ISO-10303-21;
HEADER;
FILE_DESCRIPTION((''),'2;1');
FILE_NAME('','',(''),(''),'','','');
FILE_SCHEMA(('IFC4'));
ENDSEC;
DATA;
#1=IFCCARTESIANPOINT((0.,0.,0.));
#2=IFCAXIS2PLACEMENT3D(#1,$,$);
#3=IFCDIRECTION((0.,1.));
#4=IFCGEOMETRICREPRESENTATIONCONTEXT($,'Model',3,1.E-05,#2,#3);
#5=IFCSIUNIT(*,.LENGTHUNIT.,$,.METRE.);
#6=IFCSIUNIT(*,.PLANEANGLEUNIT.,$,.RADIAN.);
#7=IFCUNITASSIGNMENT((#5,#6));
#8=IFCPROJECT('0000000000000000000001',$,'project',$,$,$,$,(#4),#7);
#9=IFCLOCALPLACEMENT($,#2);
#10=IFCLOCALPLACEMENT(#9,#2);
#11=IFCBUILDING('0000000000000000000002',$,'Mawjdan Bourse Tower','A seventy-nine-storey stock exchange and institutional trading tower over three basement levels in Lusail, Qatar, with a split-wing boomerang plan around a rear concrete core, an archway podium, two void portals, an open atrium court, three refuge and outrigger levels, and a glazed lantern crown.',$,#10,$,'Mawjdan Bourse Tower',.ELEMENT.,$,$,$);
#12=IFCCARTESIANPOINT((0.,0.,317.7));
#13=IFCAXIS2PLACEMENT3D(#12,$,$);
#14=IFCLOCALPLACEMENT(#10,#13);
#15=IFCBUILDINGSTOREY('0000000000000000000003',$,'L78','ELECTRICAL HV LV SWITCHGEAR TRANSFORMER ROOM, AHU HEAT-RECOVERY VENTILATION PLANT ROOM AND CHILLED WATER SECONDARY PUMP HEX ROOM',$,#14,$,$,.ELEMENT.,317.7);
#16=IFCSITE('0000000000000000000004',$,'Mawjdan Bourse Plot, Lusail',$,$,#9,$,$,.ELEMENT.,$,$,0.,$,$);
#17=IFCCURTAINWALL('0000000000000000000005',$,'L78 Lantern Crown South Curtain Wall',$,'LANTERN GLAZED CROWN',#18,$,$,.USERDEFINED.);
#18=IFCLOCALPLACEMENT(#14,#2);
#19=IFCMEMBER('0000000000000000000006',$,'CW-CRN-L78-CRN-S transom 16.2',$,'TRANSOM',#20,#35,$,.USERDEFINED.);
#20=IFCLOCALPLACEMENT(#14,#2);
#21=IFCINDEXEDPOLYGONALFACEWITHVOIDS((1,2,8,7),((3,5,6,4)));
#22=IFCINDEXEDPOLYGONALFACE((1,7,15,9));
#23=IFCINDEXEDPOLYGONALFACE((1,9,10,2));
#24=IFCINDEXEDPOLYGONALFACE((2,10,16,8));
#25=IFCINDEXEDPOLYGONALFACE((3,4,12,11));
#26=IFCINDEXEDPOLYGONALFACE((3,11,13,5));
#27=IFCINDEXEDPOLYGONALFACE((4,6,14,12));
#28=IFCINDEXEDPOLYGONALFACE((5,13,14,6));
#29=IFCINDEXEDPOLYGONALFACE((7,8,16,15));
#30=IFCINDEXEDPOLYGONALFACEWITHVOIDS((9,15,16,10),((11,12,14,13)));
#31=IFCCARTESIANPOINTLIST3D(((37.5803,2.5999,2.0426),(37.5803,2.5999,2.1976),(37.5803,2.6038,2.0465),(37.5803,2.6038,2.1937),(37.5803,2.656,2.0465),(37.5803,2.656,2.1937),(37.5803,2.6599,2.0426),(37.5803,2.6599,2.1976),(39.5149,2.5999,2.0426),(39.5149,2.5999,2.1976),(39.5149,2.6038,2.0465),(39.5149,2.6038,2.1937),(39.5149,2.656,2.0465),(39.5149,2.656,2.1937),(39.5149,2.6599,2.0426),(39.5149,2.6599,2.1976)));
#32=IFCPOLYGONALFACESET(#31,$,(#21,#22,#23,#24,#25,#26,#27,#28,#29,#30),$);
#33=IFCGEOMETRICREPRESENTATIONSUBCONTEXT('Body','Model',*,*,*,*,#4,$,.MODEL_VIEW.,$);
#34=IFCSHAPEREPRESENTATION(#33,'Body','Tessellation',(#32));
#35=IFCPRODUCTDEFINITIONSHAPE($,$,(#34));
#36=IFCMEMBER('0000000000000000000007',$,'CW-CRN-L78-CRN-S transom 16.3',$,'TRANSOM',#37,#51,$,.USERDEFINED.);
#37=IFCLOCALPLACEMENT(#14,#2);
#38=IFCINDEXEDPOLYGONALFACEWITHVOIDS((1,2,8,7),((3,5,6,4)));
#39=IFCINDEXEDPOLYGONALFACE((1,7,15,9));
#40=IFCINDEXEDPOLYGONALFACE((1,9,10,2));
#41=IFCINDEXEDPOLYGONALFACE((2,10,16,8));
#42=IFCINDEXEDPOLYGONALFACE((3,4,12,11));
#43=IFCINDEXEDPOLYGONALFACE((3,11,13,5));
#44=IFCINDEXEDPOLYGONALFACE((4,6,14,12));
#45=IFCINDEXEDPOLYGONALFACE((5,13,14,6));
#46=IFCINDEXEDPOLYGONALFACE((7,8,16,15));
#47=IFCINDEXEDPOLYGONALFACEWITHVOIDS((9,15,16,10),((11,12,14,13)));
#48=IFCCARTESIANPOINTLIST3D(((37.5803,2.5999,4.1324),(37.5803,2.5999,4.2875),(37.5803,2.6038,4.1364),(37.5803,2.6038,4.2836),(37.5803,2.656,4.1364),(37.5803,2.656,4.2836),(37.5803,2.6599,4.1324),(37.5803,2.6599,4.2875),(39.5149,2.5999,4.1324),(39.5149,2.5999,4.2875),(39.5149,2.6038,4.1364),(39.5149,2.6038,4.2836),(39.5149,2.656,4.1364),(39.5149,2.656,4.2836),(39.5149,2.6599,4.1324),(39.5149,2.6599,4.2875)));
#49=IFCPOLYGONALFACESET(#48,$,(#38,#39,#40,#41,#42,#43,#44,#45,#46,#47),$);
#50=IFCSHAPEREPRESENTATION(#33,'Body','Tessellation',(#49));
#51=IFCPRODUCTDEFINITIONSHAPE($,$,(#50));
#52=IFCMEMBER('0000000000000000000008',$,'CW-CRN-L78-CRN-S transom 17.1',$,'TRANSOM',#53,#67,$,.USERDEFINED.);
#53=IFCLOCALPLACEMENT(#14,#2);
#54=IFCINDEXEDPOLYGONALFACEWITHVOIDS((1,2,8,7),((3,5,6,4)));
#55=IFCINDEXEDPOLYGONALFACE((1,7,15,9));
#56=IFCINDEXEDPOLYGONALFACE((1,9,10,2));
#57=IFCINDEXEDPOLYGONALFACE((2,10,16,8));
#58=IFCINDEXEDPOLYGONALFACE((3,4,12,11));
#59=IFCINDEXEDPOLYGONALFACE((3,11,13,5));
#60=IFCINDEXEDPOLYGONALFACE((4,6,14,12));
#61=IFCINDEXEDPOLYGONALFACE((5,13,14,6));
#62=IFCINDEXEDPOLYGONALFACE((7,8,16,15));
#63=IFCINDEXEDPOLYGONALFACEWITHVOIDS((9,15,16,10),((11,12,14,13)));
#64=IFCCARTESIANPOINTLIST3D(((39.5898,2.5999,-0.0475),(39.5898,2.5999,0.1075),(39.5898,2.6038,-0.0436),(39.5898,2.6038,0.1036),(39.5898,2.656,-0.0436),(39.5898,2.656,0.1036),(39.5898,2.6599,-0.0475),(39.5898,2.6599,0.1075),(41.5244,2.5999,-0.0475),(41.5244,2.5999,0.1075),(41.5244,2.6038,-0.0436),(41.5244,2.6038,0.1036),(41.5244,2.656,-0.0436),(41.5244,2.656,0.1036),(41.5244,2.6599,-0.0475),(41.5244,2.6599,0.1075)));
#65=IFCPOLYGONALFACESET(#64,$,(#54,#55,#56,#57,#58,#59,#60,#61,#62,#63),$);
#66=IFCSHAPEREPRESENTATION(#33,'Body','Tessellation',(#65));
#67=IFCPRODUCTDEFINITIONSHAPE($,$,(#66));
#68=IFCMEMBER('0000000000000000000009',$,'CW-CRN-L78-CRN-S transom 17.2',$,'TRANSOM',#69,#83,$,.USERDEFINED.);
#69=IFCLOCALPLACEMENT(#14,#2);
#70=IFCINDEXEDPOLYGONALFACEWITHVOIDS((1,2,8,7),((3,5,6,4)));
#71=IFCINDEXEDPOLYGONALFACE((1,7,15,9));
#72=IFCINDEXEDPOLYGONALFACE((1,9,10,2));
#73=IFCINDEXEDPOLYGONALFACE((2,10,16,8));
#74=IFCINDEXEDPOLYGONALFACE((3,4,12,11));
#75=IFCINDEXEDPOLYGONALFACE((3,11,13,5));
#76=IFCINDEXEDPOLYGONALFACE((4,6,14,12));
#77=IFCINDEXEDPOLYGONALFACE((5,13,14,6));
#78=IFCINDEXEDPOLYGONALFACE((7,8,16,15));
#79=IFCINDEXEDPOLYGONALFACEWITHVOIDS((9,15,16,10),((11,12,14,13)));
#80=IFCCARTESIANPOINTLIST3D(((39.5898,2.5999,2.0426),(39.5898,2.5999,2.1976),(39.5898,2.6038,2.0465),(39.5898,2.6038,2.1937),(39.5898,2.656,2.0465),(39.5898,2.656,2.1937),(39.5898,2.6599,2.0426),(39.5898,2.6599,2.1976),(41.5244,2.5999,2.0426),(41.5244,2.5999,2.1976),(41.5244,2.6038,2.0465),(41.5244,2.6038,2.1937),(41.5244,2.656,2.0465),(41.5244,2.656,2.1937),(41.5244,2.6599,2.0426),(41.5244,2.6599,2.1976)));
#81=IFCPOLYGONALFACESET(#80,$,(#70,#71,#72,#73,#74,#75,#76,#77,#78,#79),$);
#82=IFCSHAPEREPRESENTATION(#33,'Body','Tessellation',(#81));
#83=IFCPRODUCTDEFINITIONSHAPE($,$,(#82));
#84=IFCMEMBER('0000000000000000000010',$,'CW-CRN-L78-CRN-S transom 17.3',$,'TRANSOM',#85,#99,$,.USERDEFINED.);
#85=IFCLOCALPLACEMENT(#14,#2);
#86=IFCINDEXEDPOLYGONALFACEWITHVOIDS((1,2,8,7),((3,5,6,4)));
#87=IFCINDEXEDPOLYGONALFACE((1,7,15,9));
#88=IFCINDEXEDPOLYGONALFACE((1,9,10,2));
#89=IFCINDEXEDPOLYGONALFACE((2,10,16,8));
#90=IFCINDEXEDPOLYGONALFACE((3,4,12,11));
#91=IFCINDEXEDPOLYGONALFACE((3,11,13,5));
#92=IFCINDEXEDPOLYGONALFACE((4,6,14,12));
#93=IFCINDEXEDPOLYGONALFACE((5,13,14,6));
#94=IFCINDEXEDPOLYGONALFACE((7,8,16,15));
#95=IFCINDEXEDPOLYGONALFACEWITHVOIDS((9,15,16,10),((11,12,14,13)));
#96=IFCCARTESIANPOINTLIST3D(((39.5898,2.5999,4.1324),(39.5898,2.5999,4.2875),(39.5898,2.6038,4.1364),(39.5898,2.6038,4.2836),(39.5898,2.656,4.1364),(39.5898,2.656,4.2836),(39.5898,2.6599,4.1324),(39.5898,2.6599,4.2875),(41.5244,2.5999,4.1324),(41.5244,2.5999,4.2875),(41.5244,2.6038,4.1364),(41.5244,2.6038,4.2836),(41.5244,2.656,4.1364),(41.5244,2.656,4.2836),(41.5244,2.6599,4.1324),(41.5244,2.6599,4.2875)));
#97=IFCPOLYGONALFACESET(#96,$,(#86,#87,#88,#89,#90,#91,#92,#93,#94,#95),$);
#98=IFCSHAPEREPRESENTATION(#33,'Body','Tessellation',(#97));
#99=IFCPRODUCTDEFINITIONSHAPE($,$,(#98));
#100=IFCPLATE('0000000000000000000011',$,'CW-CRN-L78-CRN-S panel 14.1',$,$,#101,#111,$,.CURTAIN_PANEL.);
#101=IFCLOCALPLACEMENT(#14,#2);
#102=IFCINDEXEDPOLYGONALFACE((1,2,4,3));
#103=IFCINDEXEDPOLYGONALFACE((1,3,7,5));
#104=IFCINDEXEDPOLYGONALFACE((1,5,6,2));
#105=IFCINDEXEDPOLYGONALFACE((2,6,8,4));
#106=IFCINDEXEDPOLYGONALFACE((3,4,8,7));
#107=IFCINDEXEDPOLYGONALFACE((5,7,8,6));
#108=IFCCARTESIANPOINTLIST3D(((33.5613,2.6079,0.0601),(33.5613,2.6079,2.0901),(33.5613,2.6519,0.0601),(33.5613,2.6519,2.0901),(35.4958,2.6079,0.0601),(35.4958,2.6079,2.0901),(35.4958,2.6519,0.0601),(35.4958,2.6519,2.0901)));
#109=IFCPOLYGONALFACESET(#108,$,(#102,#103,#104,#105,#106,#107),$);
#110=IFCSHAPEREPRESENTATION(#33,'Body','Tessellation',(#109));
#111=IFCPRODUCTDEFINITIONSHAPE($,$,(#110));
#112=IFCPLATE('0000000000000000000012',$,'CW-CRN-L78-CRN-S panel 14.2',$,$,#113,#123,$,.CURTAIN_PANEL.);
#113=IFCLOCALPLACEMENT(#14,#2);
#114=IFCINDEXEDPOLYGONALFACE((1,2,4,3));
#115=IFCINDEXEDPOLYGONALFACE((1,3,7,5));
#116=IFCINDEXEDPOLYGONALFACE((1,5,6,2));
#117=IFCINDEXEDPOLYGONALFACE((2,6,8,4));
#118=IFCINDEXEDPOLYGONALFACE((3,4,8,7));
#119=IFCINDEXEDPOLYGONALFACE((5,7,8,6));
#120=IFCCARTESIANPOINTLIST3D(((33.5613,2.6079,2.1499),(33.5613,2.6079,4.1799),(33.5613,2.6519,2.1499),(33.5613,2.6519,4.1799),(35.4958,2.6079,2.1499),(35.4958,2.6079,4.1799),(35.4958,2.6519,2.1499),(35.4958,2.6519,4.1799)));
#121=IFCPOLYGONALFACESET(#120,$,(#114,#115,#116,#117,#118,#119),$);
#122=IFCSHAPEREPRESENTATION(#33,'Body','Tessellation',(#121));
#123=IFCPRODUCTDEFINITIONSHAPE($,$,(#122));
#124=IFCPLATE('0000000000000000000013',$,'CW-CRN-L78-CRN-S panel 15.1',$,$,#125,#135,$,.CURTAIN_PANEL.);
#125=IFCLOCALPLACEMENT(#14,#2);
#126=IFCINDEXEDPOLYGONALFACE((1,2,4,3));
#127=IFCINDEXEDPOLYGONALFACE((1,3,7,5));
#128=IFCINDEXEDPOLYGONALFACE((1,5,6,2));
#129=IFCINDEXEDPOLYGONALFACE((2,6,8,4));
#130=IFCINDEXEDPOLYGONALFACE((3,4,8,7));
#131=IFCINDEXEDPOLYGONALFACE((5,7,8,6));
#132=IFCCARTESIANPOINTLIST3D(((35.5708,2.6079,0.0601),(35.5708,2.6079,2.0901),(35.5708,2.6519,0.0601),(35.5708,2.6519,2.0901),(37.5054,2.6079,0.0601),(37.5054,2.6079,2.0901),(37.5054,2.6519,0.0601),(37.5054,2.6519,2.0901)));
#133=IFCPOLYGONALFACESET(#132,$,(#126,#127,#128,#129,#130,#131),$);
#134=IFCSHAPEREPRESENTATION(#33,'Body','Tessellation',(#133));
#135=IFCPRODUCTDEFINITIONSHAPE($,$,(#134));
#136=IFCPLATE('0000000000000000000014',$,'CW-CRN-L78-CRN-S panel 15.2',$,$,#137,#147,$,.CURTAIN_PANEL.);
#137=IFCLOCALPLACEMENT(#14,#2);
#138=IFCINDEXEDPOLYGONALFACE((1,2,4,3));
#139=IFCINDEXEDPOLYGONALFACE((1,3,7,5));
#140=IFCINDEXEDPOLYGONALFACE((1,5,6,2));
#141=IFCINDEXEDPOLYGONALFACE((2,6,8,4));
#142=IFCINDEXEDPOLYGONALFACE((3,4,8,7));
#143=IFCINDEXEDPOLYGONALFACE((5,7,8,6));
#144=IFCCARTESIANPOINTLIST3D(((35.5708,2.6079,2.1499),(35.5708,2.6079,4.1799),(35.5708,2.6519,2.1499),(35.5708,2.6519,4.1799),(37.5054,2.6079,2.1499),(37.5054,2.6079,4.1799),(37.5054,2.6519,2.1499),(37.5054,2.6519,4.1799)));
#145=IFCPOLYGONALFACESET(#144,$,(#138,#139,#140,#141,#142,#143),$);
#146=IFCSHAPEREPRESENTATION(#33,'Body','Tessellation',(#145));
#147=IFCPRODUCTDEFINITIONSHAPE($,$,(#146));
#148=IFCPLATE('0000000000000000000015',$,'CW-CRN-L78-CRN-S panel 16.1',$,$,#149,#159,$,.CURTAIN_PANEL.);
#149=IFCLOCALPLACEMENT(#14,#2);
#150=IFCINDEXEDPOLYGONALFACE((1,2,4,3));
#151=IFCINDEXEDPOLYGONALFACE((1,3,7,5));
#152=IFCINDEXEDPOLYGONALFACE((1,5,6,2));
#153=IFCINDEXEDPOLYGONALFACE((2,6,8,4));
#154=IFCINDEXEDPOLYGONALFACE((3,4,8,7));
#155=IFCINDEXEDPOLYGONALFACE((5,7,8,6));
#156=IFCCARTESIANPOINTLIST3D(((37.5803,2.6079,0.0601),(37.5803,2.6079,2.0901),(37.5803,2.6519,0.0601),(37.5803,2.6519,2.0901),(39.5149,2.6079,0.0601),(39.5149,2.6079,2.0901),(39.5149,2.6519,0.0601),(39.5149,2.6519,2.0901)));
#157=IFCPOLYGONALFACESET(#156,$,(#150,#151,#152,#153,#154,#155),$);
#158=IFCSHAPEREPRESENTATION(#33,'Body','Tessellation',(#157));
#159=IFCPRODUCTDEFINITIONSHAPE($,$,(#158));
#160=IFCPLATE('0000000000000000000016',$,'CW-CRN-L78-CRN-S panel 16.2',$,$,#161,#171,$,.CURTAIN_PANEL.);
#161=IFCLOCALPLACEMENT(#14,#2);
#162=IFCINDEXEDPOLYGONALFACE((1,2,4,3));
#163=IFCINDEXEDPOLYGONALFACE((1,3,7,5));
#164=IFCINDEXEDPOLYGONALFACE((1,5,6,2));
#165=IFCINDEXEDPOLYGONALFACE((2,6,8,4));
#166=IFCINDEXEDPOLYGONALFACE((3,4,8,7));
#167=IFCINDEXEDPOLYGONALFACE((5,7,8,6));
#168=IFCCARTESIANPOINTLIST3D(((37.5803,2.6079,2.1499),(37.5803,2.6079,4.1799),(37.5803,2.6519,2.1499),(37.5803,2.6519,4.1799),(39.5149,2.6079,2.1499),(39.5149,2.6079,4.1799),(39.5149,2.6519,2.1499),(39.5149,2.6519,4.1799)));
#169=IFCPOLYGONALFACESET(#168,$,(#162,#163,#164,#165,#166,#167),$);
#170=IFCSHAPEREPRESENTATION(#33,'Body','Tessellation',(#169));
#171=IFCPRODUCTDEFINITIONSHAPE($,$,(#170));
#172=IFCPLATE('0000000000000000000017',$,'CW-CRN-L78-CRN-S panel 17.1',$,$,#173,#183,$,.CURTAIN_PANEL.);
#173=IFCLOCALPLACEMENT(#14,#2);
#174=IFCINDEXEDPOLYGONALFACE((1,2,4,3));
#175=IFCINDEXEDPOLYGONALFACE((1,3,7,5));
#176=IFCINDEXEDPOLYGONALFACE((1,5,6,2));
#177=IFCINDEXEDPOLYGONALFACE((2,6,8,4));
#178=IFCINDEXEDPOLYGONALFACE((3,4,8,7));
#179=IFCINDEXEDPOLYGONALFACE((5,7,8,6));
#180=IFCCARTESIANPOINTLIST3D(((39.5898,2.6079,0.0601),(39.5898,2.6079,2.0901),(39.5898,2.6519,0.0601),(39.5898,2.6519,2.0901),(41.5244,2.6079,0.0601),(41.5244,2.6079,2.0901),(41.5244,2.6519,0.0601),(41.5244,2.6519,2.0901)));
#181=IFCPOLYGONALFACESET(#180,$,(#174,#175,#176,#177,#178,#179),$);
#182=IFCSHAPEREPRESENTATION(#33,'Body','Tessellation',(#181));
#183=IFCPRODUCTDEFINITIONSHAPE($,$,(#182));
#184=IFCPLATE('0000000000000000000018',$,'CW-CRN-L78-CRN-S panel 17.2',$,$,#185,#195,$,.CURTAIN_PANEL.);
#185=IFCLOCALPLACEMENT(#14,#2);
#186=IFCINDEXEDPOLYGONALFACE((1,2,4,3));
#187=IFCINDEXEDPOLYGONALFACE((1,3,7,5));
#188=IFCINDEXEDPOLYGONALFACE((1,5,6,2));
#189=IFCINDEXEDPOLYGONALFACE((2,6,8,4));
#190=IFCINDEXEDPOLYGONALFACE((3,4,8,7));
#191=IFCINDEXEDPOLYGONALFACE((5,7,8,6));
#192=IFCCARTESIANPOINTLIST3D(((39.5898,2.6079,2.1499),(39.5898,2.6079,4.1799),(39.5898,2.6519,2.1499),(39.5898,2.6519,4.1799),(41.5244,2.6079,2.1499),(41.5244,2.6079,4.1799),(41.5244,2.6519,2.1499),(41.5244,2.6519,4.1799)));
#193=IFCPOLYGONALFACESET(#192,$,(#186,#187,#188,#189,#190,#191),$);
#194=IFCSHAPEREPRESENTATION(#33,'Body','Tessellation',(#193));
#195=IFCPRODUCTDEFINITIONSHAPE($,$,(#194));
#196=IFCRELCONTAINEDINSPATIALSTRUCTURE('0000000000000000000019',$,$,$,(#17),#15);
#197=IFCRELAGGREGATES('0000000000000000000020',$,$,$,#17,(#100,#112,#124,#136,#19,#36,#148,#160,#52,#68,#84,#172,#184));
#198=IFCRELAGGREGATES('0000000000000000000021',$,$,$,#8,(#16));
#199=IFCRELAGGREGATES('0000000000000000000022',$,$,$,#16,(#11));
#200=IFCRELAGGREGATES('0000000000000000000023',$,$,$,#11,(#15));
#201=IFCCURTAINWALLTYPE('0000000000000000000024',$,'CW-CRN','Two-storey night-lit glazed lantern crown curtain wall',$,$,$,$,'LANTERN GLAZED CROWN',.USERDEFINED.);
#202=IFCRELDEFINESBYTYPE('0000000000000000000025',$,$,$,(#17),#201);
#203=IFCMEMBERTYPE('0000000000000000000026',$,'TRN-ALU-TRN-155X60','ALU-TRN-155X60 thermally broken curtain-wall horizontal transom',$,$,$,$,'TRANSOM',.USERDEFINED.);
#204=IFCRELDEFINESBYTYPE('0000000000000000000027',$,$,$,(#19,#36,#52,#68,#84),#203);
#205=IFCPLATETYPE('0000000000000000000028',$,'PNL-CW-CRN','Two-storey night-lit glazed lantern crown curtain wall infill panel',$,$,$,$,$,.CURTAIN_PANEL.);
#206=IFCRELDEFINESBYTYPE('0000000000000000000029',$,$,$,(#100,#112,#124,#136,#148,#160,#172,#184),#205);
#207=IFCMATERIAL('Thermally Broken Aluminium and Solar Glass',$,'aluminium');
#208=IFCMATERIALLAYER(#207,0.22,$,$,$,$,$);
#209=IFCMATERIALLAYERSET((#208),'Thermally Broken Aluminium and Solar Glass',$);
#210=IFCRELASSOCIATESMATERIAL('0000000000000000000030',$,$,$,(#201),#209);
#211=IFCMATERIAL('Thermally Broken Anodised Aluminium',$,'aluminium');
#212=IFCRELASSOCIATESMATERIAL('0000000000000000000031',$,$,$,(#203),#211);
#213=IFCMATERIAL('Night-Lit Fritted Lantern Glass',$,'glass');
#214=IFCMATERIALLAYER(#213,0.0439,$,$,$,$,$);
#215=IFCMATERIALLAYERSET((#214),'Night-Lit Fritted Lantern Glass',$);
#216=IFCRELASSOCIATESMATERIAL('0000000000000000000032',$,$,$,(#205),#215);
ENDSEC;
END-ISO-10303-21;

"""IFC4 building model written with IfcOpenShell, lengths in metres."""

from ifc_helpers import new_model, si_unit, direction, frame, origin, origin_2d, place, context, subcontext, project, spatial, rectangle, hollow_rectangle, extrude, material, layer, layer_set, material_profile, profile_set, type_object, element, aggregate, save


model = new_model("IFC4")

# Units and contexts
model_context = context("Model", 3, precision=1e-05, world=origin(), true_north=direction((0.0, 1.0)))
body_context = subcontext(model_context, "Body", "Model", "MODEL_VIEW")
ifc_project = project(units=[si_unit("LENGTHUNIT", "METRE"), si_unit("PLANEANGLEUNIT", "RADIAN")], contexts=[model_context])

# Site, building, storey
site_placement = place(None, origin())
site = spatial("IfcSite", under=ifc_project, at=site_placement, Name="Mawjdan Bourse Plot, Lusail", CompositionType="ELEMENT", RefElevation=0.0)
building_placement = place(site_placement, origin())
building = spatial("IfcBuilding", under=site, at=building_placement, Name="Mawjdan Bourse Tower", Description="A seventy-nine-storey stock exchange and institutional trading tower over three basement levels in Lusail, Qatar, with a split-wing boomerang plan around a rear concrete core, an archway podium, two void portals, an open atrium court, three refuge and outrigger levels, and a glazed lantern crown.", LongName="Mawjdan Bourse Tower", CompositionType="ELEMENT")
storey_placement = place(building_placement, frame((0.0, 0.0, 317.7)))
storey = spatial("IfcBuildingStorey", under=building, at=storey_placement, Name="L78", Description="ELECTRICAL HV LV SWITCHGEAR TRANSFORMER ROOM, AHU HEAT-RECOVERY VENTILATION PLANT ROOM AND CHILLED WATER SECONDARY PUMP HEX ROOM", CompositionType="ELEMENT", Elevation=317.7)

# Curtain wall, members, plates
ifc_material_1 = material(Name="Thermally Broken Aluminium and Solar Glass", Category="aluminium")
ifc_layer_1 = layer(ifc_material_1, 0.22)
ifc_layer_set_1 = layer_set([ifc_layer_1], Name="Thermally Broken Aluminium and Solar Glass")
curtain_wall_type = type_object("IfcCurtainWallType", Name="CW-CRN", Description="Two-storey night-lit glazed lantern crown curtain wall", ElementType="LANTERN GLAZED CROWN", PredefinedType="USERDEFINED", material=ifc_layer_set_1)
curtain_wall_placement = place(storey_placement, origin())
curtain_wall = element("IfcCurtainWall", 1, at=curtain_wall_placement, inside=storey, type_object=curtain_wall_type, Name="L78 Lantern Crown South Curtain Wall", ObjectType="LANTERN GLAZED CROWN", PredefinedType="USERDEFINED")
ifc_material_2 = material(Name="Thermally Broken Anodised Aluminium", Category="aluminium")
ifc_material_profile_1 = material_profile(ifc_material_2, hollow_rectangle(XDim=0.0601, YDim=0.155, WallThickness=0.0039, at=origin_2d()), Name="ALU-TRN-155X60")
ifc_profile_set_1 = profile_set([ifc_material_profile_1], Name="Thermally Broken Anodised Aluminium")
member_type_1 = type_object("IfcMemberType", Name="TRN-ALU-TRN-155X60", Description="ALU-TRN-155X60 thermally broken curtain-wall horizontal transom", ElementType="TRANSOM", PredefinedType="USERDEFINED", material=ifc_profile_set_1)
member_1_placement = place(storey_placement, frame((37.5803, 2.6299, 2.1201), z_axis=(1.0, 0.0, 0.0), x_axis=(0.0, 1.0, 0.0)))
member_1 = element("IfcMember", 2, at=member_1_placement, type_object=member_type_1, Name="CW-CRN-L78-CRN-S transom 16.2", ObjectType="TRANSOM", PredefinedType="USERDEFINED", context=body_context, shape_type="SweptSolid", body=[
    extrude(hollow_rectangle(XDim=0.0601, YDim=0.155, WallThickness=0.0039, at=origin_2d()), origin(), (0.0, 0.0, 1.0), 1.9346),
])
member_2_placement = place(storey_placement, frame((37.5803, 2.6299, 4.21), z_axis=(1.0, 0.0, 0.0), x_axis=(0.0, 1.0, 0.0)))
member_2 = element("IfcMember", 3, at=member_2_placement, type_object=member_type_1, Name="CW-CRN-L78-CRN-S transom 16.3", ObjectType="TRANSOM", PredefinedType="USERDEFINED", context=body_context, shape_type="SweptSolid", body=[
    extrude(hollow_rectangle(XDim=0.0601, YDim=0.155, WallThickness=0.0039, at=origin_2d()), origin(), (0.0, 0.0, 1.0), 1.9346),
])
member_3_placement = place(storey_placement, frame((39.5898, 2.6299, 0.03), z_axis=(1.0, 0.0, 0.0), x_axis=(0.0, 1.0, 0.0)))
member_3 = element("IfcMember", 4, at=member_3_placement, type_object=member_type_1, Name="CW-CRN-L78-CRN-S transom 17.1", ObjectType="TRANSOM", PredefinedType="USERDEFINED", context=body_context, shape_type="SweptSolid", body=[
    extrude(hollow_rectangle(XDim=0.0601, YDim=0.155, WallThickness=0.0039, at=origin_2d()), origin(), (0.0, 0.0, 1.0), 1.9346),
])
member_4_placement = place(storey_placement, frame((39.5898, 2.6299, 2.1201), z_axis=(1.0, 0.0, 0.0), x_axis=(0.0, 1.0, 0.0)))
member_4 = element("IfcMember", 5, at=member_4_placement, type_object=member_type_1, Name="CW-CRN-L78-CRN-S transom 17.2", ObjectType="TRANSOM", PredefinedType="USERDEFINED", context=body_context, shape_type="SweptSolid", body=[
    extrude(hollow_rectangle(XDim=0.0601, YDim=0.155, WallThickness=0.0039, at=origin_2d()), origin(), (0.0, 0.0, 1.0), 1.9346),
])
member_5_placement = place(storey_placement, frame((39.5898, 2.6299, 4.21), z_axis=(1.0, 0.0, 0.0), x_axis=(0.0, 1.0, 0.0)))
member_5 = element("IfcMember", 6, at=member_5_placement, type_object=member_type_1, Name="CW-CRN-L78-CRN-S transom 17.3", ObjectType="TRANSOM", PredefinedType="USERDEFINED", context=body_context, shape_type="SweptSolid", body=[
    extrude(hollow_rectangle(XDim=0.0601, YDim=0.155, WallThickness=0.0039, at=origin_2d()), origin(), (0.0, 0.0, 1.0), 1.9346),
])
ifc_material_3 = material(Name="Night-Lit Fritted Lantern Glass", Category="glass")
ifc_layer_2 = layer(ifc_material_3, 0.0439)
ifc_layer_set_2 = layer_set([ifc_layer_2], Name="Night-Lit Fritted Lantern Glass")
plate_type = type_object("IfcPlateType", Name="PNL-CW-CRN", Description="Two-storey night-lit glazed lantern crown curtain wall infill panel", PredefinedType="CURTAIN_PANEL", material=ifc_layer_set_2)
plate_1_placement = place(storey_placement, frame((34.5286, 2.6299, 0.0601), z_axis=(0.0, 0.0, 1.0), x_axis=(1.0, 0.0, 0.0)))
plate_1 = element("IfcPlate", 7, at=plate_1_placement, type_object=plate_type, Name="CW-CRN-L78-CRN-S panel 14.1", PredefinedType="CURTAIN_PANEL", context=body_context, shape_type="SweptSolid", body=[
    extrude(rectangle(XDim=1.9346, YDim=0.0439, at=origin_2d()), origin(), (0.0, 0.0, 1.0), 2.03),
])
plate_2_placement = place(storey_placement, frame((34.5286, 2.6299, 2.1499), z_axis=(0.0, 0.0, 1.0), x_axis=(1.0, 0.0, 0.0)))
plate_2 = element("IfcPlate", 8, at=plate_2_placement, type_object=plate_type, Name="CW-CRN-L78-CRN-S panel 14.2", PredefinedType="CURTAIN_PANEL", context=body_context, shape_type="SweptSolid", body=[
    extrude(rectangle(XDim=1.9346, YDim=0.0439, at=origin_2d()), origin(), (0.0, 0.0, 1.0), 2.03),
])
plate_3_placement = place(storey_placement, frame((36.5381, 2.6299, 0.0601), z_axis=(0.0, 0.0, 1.0), x_axis=(1.0, 0.0, 0.0)))
plate_3 = element("IfcPlate", 9, at=plate_3_placement, type_object=plate_type, Name="CW-CRN-L78-CRN-S panel 15.1", PredefinedType="CURTAIN_PANEL", context=body_context, shape_type="SweptSolid", body=[
    extrude(rectangle(XDim=1.9346, YDim=0.0439, at=origin_2d()), origin(), (0.0, 0.0, 1.0), 2.03),
])
plate_4_placement = place(storey_placement, frame((36.5381, 2.6299, 2.1499), z_axis=(0.0, 0.0, 1.0), x_axis=(1.0, 0.0, 0.0)))
plate_4 = element("IfcPlate", 10, at=plate_4_placement, type_object=plate_type, Name="CW-CRN-L78-CRN-S panel 15.2", PredefinedType="CURTAIN_PANEL", context=body_context, shape_type="SweptSolid", body=[
    extrude(rectangle(XDim=1.9346, YDim=0.0439, at=origin_2d()), origin(), (0.0, 0.0, 1.0), 2.03),
])
plate_5_placement = place(storey_placement, frame((38.5476, 2.6299, 0.0601), z_axis=(0.0, 0.0, 1.0), x_axis=(1.0, 0.0, 0.0)))
plate_5 = element("IfcPlate", 11, at=plate_5_placement, type_object=plate_type, Name="CW-CRN-L78-CRN-S panel 16.1", PredefinedType="CURTAIN_PANEL", context=body_context, shape_type="SweptSolid", body=[
    extrude(rectangle(XDim=1.9346, YDim=0.0439, at=origin_2d()), origin(), (0.0, 0.0, 1.0), 2.03),
])
plate_6_placement = place(storey_placement, frame((38.5476, 2.6299, 2.1499), z_axis=(0.0, 0.0, 1.0), x_axis=(1.0, 0.0, 0.0)))
plate_6 = element("IfcPlate", 12, at=plate_6_placement, type_object=plate_type, Name="CW-CRN-L78-CRN-S panel 16.2", PredefinedType="CURTAIN_PANEL", context=body_context, shape_type="SweptSolid", body=[
    extrude(rectangle(XDim=1.9346, YDim=0.0439, at=origin_2d()), origin(), (0.0, 0.0, 1.0), 2.03),
])
plate_7_placement = place(storey_placement, frame((40.5571, 2.6299, 0.0601), z_axis=(0.0, 0.0, 1.0), x_axis=(1.0, 0.0, 0.0)))
plate_7 = element("IfcPlate", 13, at=plate_7_placement, type_object=plate_type, Name="CW-CRN-L78-CRN-S panel 17.1", PredefinedType="CURTAIN_PANEL", context=body_context, shape_type="SweptSolid", body=[
    extrude(rectangle(XDim=1.9346, YDim=0.0439, at=origin_2d()), origin(), (0.0, 0.0, 1.0), 2.03),
])
plate_8_placement = place(storey_placement, frame((40.5571, 2.6299, 2.1499), z_axis=(0.0, 0.0, 1.0), x_axis=(1.0, 0.0, 0.0)))
plate_8 = element("IfcPlate", 14, at=plate_8_placement, type_object=plate_type, Name="CW-CRN-L78-CRN-S panel 17.2", PredefinedType="CURTAIN_PANEL", context=body_context, shape_type="SweptSolid", body=[
    extrude(rectangle(XDim=1.9346, YDim=0.0439, at=origin_2d()), origin(), (0.0, 0.0, 1.0), 2.03),
])
aggregate(curtain_wall, [plate_1, plate_2, plate_3, plate_4, member_1, member_2, plate_5, plate_6, member_3, member_4, member_5, plate_7, plate_8])

save(model, "model.ifc")
